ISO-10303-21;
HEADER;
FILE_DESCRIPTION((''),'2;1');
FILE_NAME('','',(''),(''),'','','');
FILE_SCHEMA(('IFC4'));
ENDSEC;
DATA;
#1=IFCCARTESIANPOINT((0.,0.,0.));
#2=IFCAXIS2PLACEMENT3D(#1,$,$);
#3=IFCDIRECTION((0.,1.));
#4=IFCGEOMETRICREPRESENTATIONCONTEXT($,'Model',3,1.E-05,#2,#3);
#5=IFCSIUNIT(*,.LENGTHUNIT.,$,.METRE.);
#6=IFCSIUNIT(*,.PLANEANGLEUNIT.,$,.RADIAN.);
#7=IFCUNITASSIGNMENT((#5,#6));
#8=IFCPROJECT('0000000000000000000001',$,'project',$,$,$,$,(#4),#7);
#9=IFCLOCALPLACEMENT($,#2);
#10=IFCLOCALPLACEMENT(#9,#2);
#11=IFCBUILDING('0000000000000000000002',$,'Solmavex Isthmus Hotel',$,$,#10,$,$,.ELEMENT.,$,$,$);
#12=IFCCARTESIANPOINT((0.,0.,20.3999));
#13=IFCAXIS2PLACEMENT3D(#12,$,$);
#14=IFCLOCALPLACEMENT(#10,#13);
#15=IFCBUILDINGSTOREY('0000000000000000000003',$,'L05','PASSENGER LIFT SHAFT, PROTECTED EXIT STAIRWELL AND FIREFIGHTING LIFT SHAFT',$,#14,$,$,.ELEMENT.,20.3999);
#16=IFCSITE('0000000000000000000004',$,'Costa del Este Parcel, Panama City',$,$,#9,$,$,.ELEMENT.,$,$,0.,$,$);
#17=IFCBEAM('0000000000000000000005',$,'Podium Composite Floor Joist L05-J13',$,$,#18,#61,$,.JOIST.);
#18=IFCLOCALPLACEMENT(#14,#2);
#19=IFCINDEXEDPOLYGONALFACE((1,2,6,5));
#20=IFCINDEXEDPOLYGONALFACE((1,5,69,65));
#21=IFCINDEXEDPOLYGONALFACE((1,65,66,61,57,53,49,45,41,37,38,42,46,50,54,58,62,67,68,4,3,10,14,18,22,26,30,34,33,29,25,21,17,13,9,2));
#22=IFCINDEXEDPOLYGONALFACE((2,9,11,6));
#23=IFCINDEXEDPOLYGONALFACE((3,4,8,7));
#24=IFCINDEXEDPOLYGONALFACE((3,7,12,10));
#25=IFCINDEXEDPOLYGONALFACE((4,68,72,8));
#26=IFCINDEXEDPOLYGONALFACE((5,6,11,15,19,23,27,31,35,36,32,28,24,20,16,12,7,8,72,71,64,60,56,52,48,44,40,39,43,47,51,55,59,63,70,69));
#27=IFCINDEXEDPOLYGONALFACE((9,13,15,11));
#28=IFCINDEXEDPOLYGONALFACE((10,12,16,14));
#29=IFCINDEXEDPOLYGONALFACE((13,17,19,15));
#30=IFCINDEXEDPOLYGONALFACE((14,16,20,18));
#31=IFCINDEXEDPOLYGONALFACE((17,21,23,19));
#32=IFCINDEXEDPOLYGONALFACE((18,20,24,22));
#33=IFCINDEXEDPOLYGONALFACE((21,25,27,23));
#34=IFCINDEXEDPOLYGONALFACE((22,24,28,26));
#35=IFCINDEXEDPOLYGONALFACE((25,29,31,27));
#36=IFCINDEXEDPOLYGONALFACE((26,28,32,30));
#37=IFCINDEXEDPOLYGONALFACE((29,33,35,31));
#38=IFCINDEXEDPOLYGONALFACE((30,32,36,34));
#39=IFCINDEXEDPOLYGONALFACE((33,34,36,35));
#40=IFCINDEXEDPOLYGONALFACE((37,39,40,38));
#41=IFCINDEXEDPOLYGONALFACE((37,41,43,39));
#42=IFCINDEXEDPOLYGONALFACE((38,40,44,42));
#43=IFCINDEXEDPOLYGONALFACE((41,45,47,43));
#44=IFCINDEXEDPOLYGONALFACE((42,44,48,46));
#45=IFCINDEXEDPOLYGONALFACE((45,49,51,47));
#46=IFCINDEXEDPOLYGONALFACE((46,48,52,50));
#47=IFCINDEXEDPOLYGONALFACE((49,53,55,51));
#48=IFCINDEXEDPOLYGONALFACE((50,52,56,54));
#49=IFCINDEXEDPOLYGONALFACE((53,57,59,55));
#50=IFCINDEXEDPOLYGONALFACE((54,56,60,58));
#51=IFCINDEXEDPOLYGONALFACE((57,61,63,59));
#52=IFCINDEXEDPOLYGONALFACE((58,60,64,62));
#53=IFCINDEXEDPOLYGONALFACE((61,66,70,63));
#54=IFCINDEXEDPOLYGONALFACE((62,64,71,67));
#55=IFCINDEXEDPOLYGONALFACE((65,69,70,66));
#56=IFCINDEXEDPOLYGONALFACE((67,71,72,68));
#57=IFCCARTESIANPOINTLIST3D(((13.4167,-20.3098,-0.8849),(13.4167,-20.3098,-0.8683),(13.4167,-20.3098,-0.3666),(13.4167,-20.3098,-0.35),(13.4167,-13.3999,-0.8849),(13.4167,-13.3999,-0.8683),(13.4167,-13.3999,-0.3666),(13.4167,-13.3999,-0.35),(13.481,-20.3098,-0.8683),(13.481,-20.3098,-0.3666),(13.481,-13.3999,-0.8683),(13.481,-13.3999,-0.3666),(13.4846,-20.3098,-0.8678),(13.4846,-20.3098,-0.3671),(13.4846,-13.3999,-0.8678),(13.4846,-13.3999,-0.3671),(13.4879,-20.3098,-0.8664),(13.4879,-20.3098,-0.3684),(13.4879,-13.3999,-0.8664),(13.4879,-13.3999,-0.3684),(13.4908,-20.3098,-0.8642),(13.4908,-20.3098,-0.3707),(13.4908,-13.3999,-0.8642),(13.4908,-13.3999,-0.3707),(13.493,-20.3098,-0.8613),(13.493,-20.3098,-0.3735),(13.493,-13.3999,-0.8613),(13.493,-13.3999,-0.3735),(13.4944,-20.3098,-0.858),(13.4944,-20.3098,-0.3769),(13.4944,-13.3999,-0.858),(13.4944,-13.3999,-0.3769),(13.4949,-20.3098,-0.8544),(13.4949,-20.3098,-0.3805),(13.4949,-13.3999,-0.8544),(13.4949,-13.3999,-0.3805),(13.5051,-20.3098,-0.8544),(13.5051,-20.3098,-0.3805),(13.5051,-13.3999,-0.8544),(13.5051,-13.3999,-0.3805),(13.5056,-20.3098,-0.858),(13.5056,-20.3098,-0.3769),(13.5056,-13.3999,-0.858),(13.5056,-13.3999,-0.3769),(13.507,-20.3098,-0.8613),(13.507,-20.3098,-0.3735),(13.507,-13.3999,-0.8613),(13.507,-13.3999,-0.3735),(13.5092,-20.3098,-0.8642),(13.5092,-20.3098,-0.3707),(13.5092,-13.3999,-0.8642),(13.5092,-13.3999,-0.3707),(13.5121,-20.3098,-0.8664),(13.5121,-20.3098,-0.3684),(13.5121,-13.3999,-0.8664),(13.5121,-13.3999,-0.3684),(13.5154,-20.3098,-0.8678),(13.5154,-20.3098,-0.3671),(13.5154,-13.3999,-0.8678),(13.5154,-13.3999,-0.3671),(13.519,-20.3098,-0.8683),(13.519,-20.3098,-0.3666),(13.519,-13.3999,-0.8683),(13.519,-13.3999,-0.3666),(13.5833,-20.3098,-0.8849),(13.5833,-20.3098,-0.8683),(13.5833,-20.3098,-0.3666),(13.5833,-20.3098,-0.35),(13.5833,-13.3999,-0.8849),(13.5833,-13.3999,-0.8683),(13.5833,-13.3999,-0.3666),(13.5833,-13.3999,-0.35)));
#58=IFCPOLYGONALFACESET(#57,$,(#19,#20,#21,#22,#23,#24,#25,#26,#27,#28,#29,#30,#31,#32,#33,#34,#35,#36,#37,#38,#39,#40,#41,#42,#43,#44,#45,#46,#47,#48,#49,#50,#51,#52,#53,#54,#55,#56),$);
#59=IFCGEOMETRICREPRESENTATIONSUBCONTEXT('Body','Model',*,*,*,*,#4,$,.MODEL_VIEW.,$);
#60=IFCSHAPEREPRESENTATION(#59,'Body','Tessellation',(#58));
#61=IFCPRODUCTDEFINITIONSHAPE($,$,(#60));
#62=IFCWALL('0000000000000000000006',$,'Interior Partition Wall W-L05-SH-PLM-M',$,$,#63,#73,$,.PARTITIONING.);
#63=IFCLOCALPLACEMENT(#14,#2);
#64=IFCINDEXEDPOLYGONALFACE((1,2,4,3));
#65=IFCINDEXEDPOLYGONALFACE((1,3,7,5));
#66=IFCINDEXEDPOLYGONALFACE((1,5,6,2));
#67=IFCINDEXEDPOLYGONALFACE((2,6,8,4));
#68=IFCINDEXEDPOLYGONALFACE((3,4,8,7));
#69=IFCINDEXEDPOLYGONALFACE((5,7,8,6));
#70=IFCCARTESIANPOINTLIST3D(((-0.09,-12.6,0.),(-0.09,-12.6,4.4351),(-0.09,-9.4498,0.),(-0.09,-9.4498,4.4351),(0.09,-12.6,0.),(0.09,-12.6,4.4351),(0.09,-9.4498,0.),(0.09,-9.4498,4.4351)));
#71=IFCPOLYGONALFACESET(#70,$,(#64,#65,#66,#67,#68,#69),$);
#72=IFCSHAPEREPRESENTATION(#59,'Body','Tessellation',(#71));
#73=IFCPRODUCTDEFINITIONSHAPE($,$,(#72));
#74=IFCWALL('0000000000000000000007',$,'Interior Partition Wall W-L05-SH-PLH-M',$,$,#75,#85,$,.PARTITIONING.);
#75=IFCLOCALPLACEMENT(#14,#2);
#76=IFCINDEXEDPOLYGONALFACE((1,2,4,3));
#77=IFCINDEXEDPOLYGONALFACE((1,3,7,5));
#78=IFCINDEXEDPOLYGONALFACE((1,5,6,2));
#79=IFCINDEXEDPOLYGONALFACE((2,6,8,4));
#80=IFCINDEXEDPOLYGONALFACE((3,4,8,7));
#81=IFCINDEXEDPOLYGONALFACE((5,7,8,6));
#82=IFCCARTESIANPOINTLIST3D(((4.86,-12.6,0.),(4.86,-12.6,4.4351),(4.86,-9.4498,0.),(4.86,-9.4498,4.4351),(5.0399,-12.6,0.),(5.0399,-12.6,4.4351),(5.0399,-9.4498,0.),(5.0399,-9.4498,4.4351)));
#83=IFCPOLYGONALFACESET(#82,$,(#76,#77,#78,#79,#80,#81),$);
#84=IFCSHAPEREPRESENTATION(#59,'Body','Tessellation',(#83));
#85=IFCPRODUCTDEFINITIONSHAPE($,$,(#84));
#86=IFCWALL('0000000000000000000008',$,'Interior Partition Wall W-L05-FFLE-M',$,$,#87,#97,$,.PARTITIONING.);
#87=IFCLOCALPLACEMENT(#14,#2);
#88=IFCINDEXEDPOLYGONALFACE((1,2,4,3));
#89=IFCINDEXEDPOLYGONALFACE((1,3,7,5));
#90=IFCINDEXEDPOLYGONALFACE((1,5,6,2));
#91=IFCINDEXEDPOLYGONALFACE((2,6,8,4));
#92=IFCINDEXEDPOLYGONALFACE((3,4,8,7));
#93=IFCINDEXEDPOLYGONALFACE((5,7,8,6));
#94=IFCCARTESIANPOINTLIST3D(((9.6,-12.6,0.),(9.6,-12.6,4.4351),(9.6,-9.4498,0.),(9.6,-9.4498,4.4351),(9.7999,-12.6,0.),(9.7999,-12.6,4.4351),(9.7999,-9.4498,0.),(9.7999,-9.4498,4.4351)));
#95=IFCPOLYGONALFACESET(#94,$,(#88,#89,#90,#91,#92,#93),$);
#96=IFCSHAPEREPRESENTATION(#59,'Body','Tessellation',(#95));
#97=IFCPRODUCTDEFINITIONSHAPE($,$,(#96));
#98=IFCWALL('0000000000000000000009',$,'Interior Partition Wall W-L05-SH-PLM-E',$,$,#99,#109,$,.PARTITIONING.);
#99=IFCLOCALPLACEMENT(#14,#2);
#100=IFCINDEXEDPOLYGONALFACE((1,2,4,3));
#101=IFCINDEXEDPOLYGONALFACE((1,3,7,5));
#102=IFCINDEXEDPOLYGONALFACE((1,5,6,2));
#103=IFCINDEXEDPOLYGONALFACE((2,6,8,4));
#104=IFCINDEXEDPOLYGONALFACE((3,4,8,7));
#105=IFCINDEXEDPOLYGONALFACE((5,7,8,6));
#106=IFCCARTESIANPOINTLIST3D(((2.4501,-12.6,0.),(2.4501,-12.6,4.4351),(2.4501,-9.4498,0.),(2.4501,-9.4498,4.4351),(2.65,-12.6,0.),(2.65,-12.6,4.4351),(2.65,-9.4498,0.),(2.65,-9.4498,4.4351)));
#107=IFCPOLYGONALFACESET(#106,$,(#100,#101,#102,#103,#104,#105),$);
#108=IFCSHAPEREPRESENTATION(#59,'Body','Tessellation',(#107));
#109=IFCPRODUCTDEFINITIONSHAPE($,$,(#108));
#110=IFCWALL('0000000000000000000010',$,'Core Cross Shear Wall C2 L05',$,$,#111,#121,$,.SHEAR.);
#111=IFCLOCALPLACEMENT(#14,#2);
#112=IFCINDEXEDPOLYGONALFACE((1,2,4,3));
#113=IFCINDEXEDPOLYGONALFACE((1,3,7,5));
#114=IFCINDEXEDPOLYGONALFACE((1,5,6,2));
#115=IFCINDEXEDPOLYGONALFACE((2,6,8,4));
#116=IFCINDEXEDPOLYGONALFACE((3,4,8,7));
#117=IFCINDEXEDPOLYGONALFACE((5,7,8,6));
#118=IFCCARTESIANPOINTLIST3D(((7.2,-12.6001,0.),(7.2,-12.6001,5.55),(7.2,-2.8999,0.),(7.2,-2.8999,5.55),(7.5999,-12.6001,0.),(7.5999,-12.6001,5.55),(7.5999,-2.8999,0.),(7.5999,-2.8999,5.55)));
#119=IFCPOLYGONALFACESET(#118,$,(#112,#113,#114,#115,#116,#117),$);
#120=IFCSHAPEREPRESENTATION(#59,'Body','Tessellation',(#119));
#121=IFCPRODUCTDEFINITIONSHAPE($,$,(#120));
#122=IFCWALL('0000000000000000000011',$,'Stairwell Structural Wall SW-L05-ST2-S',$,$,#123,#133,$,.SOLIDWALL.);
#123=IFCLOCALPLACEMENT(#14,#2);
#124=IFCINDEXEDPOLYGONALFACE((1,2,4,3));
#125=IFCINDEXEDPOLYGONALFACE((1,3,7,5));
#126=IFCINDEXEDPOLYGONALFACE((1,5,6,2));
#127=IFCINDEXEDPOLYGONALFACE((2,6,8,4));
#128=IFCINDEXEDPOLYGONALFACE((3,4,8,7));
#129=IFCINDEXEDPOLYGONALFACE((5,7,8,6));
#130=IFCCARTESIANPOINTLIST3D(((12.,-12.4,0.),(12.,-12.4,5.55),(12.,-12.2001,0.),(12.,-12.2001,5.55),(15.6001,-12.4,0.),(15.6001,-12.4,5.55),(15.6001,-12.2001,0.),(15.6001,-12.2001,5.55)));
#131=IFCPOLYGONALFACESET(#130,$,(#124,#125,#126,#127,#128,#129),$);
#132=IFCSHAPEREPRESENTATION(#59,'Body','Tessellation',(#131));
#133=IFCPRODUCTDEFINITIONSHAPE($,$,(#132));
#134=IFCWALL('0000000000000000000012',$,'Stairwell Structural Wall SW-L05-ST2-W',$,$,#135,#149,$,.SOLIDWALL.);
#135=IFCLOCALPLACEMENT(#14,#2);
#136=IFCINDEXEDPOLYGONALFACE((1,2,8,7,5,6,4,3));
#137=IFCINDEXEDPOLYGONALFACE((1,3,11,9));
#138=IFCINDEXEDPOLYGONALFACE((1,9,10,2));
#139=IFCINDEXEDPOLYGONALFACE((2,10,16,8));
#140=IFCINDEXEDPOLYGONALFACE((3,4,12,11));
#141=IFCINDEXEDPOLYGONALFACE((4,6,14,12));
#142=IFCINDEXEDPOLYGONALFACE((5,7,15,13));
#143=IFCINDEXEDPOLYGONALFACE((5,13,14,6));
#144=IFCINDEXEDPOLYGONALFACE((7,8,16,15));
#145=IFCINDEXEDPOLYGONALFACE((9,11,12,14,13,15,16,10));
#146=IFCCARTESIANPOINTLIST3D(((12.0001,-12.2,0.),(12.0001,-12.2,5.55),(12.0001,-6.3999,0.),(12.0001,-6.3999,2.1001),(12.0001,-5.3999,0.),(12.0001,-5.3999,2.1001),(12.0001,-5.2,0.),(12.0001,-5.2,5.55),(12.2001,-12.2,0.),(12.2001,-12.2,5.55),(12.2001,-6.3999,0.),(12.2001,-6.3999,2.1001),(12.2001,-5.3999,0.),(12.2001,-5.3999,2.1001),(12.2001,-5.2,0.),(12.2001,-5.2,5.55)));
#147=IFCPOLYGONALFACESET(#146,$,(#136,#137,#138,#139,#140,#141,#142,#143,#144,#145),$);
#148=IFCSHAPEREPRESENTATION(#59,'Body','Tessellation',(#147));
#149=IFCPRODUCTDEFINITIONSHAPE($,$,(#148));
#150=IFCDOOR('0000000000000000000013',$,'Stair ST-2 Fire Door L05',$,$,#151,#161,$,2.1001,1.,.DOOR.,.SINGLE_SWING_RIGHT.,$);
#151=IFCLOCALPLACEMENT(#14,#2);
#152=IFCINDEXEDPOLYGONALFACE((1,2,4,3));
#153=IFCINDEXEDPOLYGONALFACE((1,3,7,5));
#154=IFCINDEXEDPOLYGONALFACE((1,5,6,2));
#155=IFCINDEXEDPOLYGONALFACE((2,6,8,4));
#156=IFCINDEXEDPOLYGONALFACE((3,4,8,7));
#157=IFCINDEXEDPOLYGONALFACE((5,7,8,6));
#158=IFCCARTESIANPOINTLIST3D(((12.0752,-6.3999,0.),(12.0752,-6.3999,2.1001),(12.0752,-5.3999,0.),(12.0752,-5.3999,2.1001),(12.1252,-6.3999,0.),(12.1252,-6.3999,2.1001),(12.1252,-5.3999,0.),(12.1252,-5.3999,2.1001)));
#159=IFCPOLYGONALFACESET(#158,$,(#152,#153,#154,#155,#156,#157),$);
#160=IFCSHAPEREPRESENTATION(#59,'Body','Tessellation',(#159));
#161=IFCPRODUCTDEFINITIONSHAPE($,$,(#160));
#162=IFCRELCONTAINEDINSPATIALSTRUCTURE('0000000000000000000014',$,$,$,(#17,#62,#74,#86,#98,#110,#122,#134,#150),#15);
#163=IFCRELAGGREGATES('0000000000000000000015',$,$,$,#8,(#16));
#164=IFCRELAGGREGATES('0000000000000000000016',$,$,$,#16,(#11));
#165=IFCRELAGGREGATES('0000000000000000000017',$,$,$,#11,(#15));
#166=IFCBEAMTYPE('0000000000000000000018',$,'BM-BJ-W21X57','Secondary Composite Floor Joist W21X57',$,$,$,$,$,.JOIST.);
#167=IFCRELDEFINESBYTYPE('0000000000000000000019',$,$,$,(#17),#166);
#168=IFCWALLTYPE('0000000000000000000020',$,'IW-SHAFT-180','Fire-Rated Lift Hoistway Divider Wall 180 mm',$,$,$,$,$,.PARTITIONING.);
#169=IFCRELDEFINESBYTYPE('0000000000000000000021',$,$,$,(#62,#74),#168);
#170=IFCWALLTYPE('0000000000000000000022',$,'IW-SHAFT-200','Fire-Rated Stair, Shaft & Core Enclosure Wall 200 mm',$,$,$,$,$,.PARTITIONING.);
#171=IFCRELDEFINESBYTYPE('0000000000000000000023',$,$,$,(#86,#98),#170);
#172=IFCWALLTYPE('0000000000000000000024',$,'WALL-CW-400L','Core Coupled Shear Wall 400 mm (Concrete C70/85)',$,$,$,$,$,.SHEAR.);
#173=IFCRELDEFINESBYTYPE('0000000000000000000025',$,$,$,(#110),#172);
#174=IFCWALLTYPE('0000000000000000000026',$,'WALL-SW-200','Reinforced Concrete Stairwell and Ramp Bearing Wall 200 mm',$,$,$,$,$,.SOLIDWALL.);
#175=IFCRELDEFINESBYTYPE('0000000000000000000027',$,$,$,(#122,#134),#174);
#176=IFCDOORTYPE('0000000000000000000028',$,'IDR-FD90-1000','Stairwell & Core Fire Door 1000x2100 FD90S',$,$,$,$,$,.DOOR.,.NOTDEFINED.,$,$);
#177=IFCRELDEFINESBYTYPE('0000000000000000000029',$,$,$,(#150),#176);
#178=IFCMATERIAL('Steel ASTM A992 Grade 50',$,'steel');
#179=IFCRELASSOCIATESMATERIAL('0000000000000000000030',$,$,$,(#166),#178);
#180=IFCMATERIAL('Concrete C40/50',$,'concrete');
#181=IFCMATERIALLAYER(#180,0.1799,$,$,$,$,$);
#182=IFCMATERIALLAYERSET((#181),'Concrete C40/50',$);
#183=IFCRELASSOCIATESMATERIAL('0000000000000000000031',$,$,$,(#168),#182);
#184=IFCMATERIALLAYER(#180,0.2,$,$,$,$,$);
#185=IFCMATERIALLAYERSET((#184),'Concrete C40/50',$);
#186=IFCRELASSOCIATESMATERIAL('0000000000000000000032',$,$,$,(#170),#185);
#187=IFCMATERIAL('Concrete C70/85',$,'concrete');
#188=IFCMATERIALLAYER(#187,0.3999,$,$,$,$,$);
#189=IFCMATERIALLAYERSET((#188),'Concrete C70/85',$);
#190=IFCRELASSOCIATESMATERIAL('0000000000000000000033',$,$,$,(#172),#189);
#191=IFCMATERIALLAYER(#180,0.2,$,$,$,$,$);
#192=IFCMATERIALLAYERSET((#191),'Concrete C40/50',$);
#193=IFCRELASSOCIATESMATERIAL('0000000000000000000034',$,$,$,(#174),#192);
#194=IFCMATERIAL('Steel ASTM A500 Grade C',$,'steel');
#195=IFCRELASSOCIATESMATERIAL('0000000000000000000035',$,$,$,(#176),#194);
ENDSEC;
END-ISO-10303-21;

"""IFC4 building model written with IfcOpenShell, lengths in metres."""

from ifc_helpers import new_model, si_unit, direction, frame, frame_2d, origin, origin_2d, place, context, subcontext, project, spatial, rectangle, i_section, extrude, material, layer, layer_set, material_profile, profile_set, type_object, element, fill, save


model = new_model("IFC4")

# Units and contexts
model_context = context("Model", 3, precision=1e-05, world=origin(), true_north=direction((0.0, 1.0)))
body_context = subcontext(model_context, "Body", "Model", "MODEL_VIEW")
ifc_project = project(units=[si_unit("LENGTHUNIT", "METRE"), si_unit("PLANEANGLEUNIT", "RADIAN")], contexts=[model_context])

# Site, building, storey
site_placement = place(None, origin())
site = spatial("IfcSite", under=ifc_project, at=site_placement, Name="Costa del Este Parcel, Panama City", CompositionType="ELEMENT", RefElevation=0.0)
building_placement = place(site_placement, origin())
building = spatial("IfcBuilding", under=site, at=building_placement, Name="Solmavex Isthmus Hotel", CompositionType="ELEMENT")
storey_placement = place(building_placement, frame((0.0, 0.0, 20.3999)))
storey = spatial("IfcBuildingStorey", under=building, at=storey_placement, Name="L05", Description="PASSENGER LIFT SHAFT, PROTECTED EXIT STAIRWELL AND FIREFIGHTING LIFT SHAFT", CompositionType="ELEMENT", Elevation=20.3999)

# Shared definitions
ifc_material_1 = material(Name="Concrete C70/85", Category="concrete")

# Beam
ifc_material_2 = material(Name="Steel ASTM A992 Grade 50", Category="steel")
ifc_material_profile_1 = material_profile(ifc_material_2, i_section(OverallWidth=0.1665, OverallDepth=0.5349, WebThickness=0.0103, FlangeThickness=0.0166, FilletRadius=0.0139, at=origin_2d()), Name="W21X57")
ifc_profile_set_1 = profile_set([ifc_material_profile_1], Name="Steel ASTM A992 Grade 50")
beam_type_1 = type_object("IfcBeamType", Name="BM-BJ-W21X57", Description="Secondary Composite Floor Joist W21X57", PredefinedType="JOIST", material=ifc_profile_set_1)
beam_1_placement = place(storey_placement, frame((13.5, -20.3098, -0.6174), z_axis=(0.0, 1.0, 0.0), x_axis=(-1.0, 0.0, 0.0)))
element("IfcBeam", 1, at=beam_1_placement, inside=storey, type_object=beam_type_1, Name="Podium Composite Floor Joist L05-J13", PredefinedType="JOIST", context=body_context, shape_type="SweptSolid", body=[
    extrude(i_section(OverallWidth=0.1665, OverallDepth=0.5349, WebThickness=0.0103, FlangeThickness=0.0166, FilletRadius=0.0139, at=origin_2d()), origin(), (0.0, 0.0, 1.0), 6.9099),
])

# Walls
ifc_material_3 = material(Name="Concrete C40/50", Category="concrete")
ifc_layer_1 = layer(ifc_material_3, 0.1799)
ifc_layer_set_1 = layer_set([ifc_layer_1], Name="Concrete C40/50")
wall_type_1 = type_object("IfcWallType", Name="IW-SHAFT-180", Description="Fire-Rated Lift Hoistway Divider Wall 180 mm", PredefinedType="PARTITIONING", material=ifc_layer_set_1)
for number, where, z_axis, x_axis, name in (
    (2, (0.0, -12.6001, 0.0), (0.0, 0.0, 1.0), (0.0, 1.0, 0.0), "Interior Partition Wall W-L05-SH-PLM-M"),
    (3, (4.95, -12.6001, 0.0), (0.0, 0.0, 1.0), (0.0, 1.0, 0.0), "Interior Partition Wall W-L05-SH-PLH-M"),
):
    element("IfcWall", number, at=place(storey_placement, frame(where, z_axis=z_axis, x_axis=x_axis)), inside=storey, type_object=wall_type_1, Name=name, PredefinedType="PARTITIONING", context=body_context, shape_type="SweptSolid", body=[
        extrude(rectangle(XDim=3.1501, YDim=0.1799, at=frame_2d((1.5752, 0.0))), origin(), (0.0, 0.0, 1.0), 4.4351),
    ])
ifc_layer_2 = layer(ifc_material_3, 0.2)
ifc_layer_set_2 = layer_set([ifc_layer_2], Name="Concrete C40/50")
wall_type_2 = type_object("IfcWallType", Name="IW-SHAFT-200", Description="Fire-Rated Stair, Shaft & Core Enclosure Wall 200 mm", PredefinedType="PARTITIONING", material=ifc_layer_set_2)
for number, where, z_axis, x_axis, name in (
    (4, (9.7, -12.6001, 0.0), (0.0, 0.0, 1.0), (0.0, 1.0, 0.0), "Interior Partition Wall W-L05-FFLE-M"),
    (5, (2.55, -12.6001, 0.0), (0.0, 0.0, 1.0), (0.0, 1.0, 0.0), "Interior Partition Wall W-L05-SH-PLM-E"),
):
    element("IfcWall", number, at=place(storey_placement, frame(where, z_axis=z_axis, x_axis=x_axis)), inside=storey, type_object=wall_type_2, Name=name, PredefinedType="PARTITIONING", context=body_context, shape_type="SweptSolid", body=[
        extrude(rectangle(XDim=3.1501, YDim=0.2, at=frame_2d((1.5752, 0.0))), origin(), (0.0, 0.0, 1.0), 4.4351),
    ])
ifc_layer_3 = layer(ifc_material_1, 0.3999)
ifc_layer_set_3 = layer_set([ifc_layer_3], Name="Concrete C70/85")
wall_type_3 = type_object("IfcWallType", Name="WALL-CW-400L", Description="Core Coupled Shear Wall 400 mm (Concrete C70/85)", PredefinedType="SHEAR", material=ifc_layer_set_3)
wall_1_placement = place(storey_placement, frame((7.3999, -12.6001, 0.0), z_axis=(0.0, 0.0, 1.0), x_axis=(0.0, 1.0, 0.0)))
element("IfcWall", 6, at=wall_1_placement, inside=storey, type_object=wall_type_3, Name="Core Cross Shear Wall C2 L05", PredefinedType="SHEAR", context=body_context, shape_type="SweptSolid", body=[
    extrude(rectangle(XDim=9.7002, YDim=0.3999, at=frame_2d((4.8501, 0.0))), origin(), (0.0, 0.0, 1.0), 5.55),
])
ifc_layer_4 = layer(ifc_material_3, 0.2)
ifc_layer_set_4 = layer_set([ifc_layer_4], Name="Concrete C40/50")
wall_type_4 = type_object("IfcWallType", Name="WALL-SW-200", Description="Reinforced Concrete Stairwell and Ramp Bearing Wall 200 mm", PredefinedType="SOLIDWALL", material=ifc_layer_set_4)
wall_2_placement = place(storey_placement, frame((12.0, -12.3, 0.0), z_axis=(0.0, 0.0, 1.0), x_axis=(1.0, 0.0, 0.0)))
element("IfcWall", 7, at=wall_2_placement, inside=storey, type_object=wall_type_4, Name="Stairwell Structural Wall SW-L05-ST2-S", PredefinedType="SOLIDWALL", context=body_context, shape_type="SweptSolid", body=[
    extrude(rectangle(XDim=3.6001, YDim=0.2, at=frame_2d((1.8, 0.0))), origin(), (0.0, 0.0, 1.0), 5.55),
])

# Wall, opening, door
wall_3_placement = place(storey_placement, frame((12.1001, -12.2, 0.0), z_axis=(0.0, 0.0, 1.0), x_axis=(0.0, 1.0, 0.0)))
wall_3 = element("IfcWall", 8, at=wall_3_placement, inside=storey, type_object=wall_type_4, Name="Stairwell Structural Wall SW-L05-ST2-W", PredefinedType="SOLIDWALL", context=body_context, shape_type="SweptSolid", body=[
    extrude(rectangle(XDim=7.0, YDim=0.2, at=frame_2d((3.5, 0.0))), origin(), (0.0, 0.0, 1.0), 5.55),
])
opening_placement = place(wall_3_placement, frame((5.8, 0.0, 0.0)))
opening = element("IfcOpeningElement", 9, at=opening_placement, cuts=wall_3, PredefinedType="OPENING", context=body_context, shape_type="SweptSolid", body=[
    extrude(rectangle(XDim=1.0, YDim=2.1001, at=frame_2d((0.5, 1.05))), frame((0.0, 0.1099, 0.0), z_axis=(0.0, -1.0, 0.0), x_axis=(1.0, 0.0, 0.0)), (0.0, 0.0, 1.0), 0.22),
])
ifc_material_4 = material(Name="Steel ASTM A500 Grade C", Category="steel")
door_type = type_object("IfcDoorType", Name="IDR-FD90-1000", Description="Stairwell & Core Fire Door 1000x2100 FD90S", OperationType="NOTDEFINED", PredefinedType="DOOR", material=ifc_material_4)
door_placement = place(opening_placement, origin())
door = element("IfcDoor", 10, at=door_placement, inside=storey, type_object=door_type, Name="Stair ST-2 Fire Door L05", OperationType="SINGLE_SWING_RIGHT", OverallHeight=2.1001, OverallWidth=1.0, PredefinedType="DOOR", context=body_context, shape_type="SweptSolid", body=[
    extrude(rectangle(XDim=1.0, YDim=2.1001, at=frame_2d((0.5, 1.05))), frame((0.0, 0.0249, 0.0), z_axis=(0.0, -1.0, 0.0), x_axis=(1.0, 0.0, 0.0)), (0.0, 0.0, 1.0), 0.05),
])
fill(opening, door)

save(model, "model.ifc")
